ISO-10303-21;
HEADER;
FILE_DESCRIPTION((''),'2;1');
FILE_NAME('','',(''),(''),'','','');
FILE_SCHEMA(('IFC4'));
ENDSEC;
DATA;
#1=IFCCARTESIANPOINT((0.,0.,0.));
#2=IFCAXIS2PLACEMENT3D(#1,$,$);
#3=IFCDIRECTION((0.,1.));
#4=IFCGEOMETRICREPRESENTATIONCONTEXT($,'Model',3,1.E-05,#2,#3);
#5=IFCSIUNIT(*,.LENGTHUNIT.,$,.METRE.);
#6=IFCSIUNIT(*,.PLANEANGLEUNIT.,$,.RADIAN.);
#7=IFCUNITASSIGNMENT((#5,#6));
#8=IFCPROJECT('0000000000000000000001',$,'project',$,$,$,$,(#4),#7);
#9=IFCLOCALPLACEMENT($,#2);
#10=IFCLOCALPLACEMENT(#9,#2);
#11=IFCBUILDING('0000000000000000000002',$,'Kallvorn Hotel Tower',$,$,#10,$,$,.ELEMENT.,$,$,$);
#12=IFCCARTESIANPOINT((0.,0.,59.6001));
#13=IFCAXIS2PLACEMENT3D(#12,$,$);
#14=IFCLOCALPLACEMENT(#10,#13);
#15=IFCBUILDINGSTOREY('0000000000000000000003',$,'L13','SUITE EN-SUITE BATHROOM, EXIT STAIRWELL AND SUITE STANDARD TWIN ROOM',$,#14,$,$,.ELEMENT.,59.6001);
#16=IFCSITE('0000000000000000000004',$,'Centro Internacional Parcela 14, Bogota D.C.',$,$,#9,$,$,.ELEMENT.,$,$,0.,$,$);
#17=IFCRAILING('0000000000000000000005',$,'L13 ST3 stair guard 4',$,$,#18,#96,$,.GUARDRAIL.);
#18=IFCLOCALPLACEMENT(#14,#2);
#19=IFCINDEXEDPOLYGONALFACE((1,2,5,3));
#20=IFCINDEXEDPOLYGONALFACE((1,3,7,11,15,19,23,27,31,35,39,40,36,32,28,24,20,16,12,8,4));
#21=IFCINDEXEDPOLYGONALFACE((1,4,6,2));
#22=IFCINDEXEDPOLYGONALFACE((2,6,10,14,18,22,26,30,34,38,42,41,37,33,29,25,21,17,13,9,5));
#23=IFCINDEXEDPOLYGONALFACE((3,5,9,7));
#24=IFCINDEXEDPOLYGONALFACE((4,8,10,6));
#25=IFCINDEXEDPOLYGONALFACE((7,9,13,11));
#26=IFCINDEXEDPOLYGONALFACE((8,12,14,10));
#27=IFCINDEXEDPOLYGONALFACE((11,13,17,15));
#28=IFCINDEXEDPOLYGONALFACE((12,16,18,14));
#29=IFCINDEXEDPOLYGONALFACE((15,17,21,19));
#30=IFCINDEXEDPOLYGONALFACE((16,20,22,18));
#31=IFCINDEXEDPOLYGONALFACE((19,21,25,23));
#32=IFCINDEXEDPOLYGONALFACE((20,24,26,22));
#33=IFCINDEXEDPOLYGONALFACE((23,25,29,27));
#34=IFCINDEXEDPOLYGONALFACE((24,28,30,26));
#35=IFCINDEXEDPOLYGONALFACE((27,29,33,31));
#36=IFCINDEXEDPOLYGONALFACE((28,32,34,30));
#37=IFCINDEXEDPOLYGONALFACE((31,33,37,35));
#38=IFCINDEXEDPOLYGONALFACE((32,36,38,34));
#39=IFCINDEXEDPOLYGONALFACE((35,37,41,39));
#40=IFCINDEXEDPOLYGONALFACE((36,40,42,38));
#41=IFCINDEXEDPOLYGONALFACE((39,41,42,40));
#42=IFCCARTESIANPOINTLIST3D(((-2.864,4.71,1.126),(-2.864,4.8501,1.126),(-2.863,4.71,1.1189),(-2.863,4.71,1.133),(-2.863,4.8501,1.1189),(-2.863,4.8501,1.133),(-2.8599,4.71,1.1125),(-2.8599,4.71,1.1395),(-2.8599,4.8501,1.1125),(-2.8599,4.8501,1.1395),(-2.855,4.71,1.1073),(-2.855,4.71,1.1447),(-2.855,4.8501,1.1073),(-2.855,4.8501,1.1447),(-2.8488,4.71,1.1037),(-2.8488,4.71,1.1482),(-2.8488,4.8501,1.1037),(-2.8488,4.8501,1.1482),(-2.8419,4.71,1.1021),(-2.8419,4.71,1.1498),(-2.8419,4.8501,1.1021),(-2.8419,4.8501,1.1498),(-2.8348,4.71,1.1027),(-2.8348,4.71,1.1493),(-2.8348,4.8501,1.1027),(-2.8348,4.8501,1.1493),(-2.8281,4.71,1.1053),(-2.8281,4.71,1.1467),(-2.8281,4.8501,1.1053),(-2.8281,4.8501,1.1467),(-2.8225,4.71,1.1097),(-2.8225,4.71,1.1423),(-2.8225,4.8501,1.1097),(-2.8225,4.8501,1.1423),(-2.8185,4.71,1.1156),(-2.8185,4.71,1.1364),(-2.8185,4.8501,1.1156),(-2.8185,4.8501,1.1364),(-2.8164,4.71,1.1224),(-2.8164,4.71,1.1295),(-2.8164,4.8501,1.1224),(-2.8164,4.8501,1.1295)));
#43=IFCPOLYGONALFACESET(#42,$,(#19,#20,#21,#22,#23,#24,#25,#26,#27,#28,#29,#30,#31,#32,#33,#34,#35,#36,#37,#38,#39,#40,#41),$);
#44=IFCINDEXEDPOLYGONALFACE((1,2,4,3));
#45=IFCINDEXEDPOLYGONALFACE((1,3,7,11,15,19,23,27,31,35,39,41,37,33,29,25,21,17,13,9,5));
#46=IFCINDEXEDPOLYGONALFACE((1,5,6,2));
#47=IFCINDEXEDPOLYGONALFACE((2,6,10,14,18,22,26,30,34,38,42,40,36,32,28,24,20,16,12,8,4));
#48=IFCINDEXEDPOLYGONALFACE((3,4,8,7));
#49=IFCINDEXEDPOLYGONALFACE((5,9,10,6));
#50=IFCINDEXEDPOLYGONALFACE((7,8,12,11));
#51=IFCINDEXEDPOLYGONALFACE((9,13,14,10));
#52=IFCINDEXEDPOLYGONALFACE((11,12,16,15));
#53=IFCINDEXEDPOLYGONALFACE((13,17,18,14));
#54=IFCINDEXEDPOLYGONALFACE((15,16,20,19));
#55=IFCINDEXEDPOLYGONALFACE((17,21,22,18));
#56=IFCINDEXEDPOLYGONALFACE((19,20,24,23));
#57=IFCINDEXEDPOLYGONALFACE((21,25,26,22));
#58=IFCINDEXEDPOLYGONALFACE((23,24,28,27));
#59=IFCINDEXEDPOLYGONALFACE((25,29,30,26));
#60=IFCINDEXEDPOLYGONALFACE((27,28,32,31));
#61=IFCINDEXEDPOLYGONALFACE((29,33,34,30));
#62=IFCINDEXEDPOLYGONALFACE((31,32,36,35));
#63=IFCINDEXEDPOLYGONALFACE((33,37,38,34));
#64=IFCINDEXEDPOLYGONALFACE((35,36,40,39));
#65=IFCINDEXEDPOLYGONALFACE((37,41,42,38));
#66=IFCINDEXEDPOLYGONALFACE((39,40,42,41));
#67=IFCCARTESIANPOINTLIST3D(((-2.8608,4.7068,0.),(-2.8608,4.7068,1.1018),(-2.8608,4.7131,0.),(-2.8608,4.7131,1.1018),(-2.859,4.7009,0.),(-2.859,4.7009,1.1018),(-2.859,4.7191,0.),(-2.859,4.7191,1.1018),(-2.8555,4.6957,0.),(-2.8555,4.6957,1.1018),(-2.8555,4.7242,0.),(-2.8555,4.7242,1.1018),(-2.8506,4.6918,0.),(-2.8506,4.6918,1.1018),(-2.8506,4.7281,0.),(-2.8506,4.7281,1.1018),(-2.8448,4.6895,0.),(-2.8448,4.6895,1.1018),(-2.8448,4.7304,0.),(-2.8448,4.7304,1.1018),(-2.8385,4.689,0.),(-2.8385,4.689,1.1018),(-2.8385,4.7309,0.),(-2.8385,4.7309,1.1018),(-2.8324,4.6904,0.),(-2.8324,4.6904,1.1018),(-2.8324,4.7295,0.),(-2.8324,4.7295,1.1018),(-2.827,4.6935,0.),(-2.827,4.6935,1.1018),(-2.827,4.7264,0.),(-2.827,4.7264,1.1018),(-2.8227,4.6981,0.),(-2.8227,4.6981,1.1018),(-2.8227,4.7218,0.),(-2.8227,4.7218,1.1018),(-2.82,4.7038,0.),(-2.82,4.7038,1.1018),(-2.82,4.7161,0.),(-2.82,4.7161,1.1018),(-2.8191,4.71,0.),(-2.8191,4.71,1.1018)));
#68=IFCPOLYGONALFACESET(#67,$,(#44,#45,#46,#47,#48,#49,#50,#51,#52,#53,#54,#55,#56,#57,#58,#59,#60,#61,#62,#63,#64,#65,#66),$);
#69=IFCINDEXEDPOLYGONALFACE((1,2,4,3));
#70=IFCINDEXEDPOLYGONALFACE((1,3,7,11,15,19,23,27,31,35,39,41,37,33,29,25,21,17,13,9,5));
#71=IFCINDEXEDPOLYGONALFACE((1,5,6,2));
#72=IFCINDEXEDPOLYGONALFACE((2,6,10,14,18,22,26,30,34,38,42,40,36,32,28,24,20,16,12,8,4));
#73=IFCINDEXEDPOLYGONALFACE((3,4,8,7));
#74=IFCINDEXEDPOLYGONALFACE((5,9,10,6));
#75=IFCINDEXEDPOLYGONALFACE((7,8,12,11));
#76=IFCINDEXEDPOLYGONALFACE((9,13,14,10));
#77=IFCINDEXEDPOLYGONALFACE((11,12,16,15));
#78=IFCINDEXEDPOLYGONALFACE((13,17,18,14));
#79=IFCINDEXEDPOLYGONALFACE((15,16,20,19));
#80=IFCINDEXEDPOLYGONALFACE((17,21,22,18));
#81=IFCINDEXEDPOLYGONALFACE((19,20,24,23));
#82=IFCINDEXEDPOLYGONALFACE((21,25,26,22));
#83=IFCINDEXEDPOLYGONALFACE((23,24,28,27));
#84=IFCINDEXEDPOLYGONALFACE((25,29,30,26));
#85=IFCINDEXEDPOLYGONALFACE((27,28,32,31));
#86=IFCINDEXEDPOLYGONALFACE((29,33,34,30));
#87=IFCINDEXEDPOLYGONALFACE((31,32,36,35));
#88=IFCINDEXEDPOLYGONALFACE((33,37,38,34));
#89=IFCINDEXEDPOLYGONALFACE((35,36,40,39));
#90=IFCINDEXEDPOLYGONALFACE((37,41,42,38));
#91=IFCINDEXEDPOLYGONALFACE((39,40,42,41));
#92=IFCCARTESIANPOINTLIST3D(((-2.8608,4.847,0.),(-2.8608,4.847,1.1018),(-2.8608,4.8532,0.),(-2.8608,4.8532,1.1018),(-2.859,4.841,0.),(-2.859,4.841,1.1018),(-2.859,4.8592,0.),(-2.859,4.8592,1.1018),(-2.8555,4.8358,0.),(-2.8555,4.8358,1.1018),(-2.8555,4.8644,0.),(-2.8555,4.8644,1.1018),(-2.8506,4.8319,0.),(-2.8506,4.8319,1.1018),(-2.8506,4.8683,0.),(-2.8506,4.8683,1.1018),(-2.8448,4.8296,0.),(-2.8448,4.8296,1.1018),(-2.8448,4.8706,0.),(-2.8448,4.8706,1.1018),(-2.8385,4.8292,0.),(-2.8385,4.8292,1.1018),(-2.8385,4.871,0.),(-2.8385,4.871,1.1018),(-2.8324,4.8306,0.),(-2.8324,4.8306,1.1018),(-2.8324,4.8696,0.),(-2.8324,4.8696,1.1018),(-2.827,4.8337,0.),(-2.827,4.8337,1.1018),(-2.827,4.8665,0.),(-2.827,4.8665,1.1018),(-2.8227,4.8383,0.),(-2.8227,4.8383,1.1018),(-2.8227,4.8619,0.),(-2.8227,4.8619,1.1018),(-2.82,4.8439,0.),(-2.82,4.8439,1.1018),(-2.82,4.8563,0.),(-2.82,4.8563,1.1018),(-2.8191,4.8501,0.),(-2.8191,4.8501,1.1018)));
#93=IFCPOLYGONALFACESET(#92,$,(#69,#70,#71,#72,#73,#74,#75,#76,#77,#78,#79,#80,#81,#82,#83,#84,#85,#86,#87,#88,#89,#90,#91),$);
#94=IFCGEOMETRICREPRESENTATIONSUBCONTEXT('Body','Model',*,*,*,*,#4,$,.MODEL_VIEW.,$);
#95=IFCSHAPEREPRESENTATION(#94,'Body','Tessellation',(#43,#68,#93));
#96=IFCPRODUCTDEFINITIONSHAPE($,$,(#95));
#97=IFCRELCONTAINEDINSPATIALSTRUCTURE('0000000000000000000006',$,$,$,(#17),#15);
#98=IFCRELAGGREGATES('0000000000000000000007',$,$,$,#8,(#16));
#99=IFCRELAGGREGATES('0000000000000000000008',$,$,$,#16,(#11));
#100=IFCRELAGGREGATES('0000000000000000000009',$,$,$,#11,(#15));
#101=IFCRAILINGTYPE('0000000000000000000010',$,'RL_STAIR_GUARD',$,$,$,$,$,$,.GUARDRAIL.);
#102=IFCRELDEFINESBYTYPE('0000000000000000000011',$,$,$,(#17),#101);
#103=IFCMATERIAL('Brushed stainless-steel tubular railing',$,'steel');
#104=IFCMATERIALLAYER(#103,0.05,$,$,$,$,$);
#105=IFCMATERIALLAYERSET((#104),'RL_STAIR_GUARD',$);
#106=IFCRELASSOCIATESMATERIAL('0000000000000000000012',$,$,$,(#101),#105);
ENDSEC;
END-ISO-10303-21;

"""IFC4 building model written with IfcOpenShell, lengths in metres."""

from ifc_helpers import new_model, si_unit, direction, frame, origin, origin_2d, place, context, subcontext, project, spatial, circle, extrude, material, layer, layer_set, type_object, element, save


model = new_model("IFC4")

# Units and contexts
model_context = context("Model", 3, precision=1e-05, world=origin(), true_north=direction((0.0, 1.0)))
body_context = subcontext(model_context, "Body", "Model", "MODEL_VIEW")
ifc_project = project(units=[si_unit("LENGTHUNIT", "METRE"), si_unit("PLANEANGLEUNIT", "RADIAN")], contexts=[model_context])

# Site, building, storey
site_placement = place(None, origin())
site = spatial("IfcSite", under=ifc_project, at=site_placement, Name="Centro Internacional Parcela 14, Bogota D.C.", CompositionType="ELEMENT", RefElevation=0.0)
building_placement = place(site_placement, origin())
building = spatial("IfcBuilding", under=site, at=building_placement, Name="Kallvorn Hotel Tower", CompositionType="ELEMENT")
storey_placement = place(building_placement, frame((0.0, 0.0, 59.6001)))
storey = spatial("IfcBuildingStorey", under=building, at=storey_placement, Name="L13", Description="SUITE EN-SUITE BATHROOM, EXIT STAIRWELL AND SUITE STANDARD TWIN ROOM", CompositionType="ELEMENT", Elevation=59.6001)

# Railing
ifc_material_1 = material(Name="Brushed stainless-steel tubular railing", Category="steel")
ifc_layer_1 = layer(ifc_material_1, 0.05)
ifc_layer_set_1 = layer_set([ifc_layer_1], Name="RL_STAIR_GUARD")
railing_type_1 = type_object("IfcRailingType", Name="RL_STAIR_GUARD", PredefinedType="GUARDRAIL", material=ifc_layer_set_1)
railing_1_placement = place(storey_placement, frame((-2.8401, 4.71, 0.0)))
element("IfcRailing", 1, at=railing_1_placement, inside=storey, type_object=railing_type_1, Name="L13 ST3 stair guard 4", PredefinedType="GUARDRAIL", context=body_context, shape_type="SweptSolid", body=[
    extrude(circle(Radius=0.0239, at=origin_2d()), frame((0.0, 0.0, 1.126), z_axis=(0.0, 1.0, 0.0), x_axis=(-1.0, 0.0, 0.0)), (0.0, 0.0, 1.0), 0.1401),
    extrude(circle(Radius=0.021, at=origin_2d()), origin(), (0.0, 0.0, 1.0), 1.1018),
    extrude(circle(Radius=0.021, at=origin_2d()), frame((0.0, 0.1401, 0.0)), (0.0, 0.0, 1.0), 1.1018),
])

save(model, "model.ifc")
